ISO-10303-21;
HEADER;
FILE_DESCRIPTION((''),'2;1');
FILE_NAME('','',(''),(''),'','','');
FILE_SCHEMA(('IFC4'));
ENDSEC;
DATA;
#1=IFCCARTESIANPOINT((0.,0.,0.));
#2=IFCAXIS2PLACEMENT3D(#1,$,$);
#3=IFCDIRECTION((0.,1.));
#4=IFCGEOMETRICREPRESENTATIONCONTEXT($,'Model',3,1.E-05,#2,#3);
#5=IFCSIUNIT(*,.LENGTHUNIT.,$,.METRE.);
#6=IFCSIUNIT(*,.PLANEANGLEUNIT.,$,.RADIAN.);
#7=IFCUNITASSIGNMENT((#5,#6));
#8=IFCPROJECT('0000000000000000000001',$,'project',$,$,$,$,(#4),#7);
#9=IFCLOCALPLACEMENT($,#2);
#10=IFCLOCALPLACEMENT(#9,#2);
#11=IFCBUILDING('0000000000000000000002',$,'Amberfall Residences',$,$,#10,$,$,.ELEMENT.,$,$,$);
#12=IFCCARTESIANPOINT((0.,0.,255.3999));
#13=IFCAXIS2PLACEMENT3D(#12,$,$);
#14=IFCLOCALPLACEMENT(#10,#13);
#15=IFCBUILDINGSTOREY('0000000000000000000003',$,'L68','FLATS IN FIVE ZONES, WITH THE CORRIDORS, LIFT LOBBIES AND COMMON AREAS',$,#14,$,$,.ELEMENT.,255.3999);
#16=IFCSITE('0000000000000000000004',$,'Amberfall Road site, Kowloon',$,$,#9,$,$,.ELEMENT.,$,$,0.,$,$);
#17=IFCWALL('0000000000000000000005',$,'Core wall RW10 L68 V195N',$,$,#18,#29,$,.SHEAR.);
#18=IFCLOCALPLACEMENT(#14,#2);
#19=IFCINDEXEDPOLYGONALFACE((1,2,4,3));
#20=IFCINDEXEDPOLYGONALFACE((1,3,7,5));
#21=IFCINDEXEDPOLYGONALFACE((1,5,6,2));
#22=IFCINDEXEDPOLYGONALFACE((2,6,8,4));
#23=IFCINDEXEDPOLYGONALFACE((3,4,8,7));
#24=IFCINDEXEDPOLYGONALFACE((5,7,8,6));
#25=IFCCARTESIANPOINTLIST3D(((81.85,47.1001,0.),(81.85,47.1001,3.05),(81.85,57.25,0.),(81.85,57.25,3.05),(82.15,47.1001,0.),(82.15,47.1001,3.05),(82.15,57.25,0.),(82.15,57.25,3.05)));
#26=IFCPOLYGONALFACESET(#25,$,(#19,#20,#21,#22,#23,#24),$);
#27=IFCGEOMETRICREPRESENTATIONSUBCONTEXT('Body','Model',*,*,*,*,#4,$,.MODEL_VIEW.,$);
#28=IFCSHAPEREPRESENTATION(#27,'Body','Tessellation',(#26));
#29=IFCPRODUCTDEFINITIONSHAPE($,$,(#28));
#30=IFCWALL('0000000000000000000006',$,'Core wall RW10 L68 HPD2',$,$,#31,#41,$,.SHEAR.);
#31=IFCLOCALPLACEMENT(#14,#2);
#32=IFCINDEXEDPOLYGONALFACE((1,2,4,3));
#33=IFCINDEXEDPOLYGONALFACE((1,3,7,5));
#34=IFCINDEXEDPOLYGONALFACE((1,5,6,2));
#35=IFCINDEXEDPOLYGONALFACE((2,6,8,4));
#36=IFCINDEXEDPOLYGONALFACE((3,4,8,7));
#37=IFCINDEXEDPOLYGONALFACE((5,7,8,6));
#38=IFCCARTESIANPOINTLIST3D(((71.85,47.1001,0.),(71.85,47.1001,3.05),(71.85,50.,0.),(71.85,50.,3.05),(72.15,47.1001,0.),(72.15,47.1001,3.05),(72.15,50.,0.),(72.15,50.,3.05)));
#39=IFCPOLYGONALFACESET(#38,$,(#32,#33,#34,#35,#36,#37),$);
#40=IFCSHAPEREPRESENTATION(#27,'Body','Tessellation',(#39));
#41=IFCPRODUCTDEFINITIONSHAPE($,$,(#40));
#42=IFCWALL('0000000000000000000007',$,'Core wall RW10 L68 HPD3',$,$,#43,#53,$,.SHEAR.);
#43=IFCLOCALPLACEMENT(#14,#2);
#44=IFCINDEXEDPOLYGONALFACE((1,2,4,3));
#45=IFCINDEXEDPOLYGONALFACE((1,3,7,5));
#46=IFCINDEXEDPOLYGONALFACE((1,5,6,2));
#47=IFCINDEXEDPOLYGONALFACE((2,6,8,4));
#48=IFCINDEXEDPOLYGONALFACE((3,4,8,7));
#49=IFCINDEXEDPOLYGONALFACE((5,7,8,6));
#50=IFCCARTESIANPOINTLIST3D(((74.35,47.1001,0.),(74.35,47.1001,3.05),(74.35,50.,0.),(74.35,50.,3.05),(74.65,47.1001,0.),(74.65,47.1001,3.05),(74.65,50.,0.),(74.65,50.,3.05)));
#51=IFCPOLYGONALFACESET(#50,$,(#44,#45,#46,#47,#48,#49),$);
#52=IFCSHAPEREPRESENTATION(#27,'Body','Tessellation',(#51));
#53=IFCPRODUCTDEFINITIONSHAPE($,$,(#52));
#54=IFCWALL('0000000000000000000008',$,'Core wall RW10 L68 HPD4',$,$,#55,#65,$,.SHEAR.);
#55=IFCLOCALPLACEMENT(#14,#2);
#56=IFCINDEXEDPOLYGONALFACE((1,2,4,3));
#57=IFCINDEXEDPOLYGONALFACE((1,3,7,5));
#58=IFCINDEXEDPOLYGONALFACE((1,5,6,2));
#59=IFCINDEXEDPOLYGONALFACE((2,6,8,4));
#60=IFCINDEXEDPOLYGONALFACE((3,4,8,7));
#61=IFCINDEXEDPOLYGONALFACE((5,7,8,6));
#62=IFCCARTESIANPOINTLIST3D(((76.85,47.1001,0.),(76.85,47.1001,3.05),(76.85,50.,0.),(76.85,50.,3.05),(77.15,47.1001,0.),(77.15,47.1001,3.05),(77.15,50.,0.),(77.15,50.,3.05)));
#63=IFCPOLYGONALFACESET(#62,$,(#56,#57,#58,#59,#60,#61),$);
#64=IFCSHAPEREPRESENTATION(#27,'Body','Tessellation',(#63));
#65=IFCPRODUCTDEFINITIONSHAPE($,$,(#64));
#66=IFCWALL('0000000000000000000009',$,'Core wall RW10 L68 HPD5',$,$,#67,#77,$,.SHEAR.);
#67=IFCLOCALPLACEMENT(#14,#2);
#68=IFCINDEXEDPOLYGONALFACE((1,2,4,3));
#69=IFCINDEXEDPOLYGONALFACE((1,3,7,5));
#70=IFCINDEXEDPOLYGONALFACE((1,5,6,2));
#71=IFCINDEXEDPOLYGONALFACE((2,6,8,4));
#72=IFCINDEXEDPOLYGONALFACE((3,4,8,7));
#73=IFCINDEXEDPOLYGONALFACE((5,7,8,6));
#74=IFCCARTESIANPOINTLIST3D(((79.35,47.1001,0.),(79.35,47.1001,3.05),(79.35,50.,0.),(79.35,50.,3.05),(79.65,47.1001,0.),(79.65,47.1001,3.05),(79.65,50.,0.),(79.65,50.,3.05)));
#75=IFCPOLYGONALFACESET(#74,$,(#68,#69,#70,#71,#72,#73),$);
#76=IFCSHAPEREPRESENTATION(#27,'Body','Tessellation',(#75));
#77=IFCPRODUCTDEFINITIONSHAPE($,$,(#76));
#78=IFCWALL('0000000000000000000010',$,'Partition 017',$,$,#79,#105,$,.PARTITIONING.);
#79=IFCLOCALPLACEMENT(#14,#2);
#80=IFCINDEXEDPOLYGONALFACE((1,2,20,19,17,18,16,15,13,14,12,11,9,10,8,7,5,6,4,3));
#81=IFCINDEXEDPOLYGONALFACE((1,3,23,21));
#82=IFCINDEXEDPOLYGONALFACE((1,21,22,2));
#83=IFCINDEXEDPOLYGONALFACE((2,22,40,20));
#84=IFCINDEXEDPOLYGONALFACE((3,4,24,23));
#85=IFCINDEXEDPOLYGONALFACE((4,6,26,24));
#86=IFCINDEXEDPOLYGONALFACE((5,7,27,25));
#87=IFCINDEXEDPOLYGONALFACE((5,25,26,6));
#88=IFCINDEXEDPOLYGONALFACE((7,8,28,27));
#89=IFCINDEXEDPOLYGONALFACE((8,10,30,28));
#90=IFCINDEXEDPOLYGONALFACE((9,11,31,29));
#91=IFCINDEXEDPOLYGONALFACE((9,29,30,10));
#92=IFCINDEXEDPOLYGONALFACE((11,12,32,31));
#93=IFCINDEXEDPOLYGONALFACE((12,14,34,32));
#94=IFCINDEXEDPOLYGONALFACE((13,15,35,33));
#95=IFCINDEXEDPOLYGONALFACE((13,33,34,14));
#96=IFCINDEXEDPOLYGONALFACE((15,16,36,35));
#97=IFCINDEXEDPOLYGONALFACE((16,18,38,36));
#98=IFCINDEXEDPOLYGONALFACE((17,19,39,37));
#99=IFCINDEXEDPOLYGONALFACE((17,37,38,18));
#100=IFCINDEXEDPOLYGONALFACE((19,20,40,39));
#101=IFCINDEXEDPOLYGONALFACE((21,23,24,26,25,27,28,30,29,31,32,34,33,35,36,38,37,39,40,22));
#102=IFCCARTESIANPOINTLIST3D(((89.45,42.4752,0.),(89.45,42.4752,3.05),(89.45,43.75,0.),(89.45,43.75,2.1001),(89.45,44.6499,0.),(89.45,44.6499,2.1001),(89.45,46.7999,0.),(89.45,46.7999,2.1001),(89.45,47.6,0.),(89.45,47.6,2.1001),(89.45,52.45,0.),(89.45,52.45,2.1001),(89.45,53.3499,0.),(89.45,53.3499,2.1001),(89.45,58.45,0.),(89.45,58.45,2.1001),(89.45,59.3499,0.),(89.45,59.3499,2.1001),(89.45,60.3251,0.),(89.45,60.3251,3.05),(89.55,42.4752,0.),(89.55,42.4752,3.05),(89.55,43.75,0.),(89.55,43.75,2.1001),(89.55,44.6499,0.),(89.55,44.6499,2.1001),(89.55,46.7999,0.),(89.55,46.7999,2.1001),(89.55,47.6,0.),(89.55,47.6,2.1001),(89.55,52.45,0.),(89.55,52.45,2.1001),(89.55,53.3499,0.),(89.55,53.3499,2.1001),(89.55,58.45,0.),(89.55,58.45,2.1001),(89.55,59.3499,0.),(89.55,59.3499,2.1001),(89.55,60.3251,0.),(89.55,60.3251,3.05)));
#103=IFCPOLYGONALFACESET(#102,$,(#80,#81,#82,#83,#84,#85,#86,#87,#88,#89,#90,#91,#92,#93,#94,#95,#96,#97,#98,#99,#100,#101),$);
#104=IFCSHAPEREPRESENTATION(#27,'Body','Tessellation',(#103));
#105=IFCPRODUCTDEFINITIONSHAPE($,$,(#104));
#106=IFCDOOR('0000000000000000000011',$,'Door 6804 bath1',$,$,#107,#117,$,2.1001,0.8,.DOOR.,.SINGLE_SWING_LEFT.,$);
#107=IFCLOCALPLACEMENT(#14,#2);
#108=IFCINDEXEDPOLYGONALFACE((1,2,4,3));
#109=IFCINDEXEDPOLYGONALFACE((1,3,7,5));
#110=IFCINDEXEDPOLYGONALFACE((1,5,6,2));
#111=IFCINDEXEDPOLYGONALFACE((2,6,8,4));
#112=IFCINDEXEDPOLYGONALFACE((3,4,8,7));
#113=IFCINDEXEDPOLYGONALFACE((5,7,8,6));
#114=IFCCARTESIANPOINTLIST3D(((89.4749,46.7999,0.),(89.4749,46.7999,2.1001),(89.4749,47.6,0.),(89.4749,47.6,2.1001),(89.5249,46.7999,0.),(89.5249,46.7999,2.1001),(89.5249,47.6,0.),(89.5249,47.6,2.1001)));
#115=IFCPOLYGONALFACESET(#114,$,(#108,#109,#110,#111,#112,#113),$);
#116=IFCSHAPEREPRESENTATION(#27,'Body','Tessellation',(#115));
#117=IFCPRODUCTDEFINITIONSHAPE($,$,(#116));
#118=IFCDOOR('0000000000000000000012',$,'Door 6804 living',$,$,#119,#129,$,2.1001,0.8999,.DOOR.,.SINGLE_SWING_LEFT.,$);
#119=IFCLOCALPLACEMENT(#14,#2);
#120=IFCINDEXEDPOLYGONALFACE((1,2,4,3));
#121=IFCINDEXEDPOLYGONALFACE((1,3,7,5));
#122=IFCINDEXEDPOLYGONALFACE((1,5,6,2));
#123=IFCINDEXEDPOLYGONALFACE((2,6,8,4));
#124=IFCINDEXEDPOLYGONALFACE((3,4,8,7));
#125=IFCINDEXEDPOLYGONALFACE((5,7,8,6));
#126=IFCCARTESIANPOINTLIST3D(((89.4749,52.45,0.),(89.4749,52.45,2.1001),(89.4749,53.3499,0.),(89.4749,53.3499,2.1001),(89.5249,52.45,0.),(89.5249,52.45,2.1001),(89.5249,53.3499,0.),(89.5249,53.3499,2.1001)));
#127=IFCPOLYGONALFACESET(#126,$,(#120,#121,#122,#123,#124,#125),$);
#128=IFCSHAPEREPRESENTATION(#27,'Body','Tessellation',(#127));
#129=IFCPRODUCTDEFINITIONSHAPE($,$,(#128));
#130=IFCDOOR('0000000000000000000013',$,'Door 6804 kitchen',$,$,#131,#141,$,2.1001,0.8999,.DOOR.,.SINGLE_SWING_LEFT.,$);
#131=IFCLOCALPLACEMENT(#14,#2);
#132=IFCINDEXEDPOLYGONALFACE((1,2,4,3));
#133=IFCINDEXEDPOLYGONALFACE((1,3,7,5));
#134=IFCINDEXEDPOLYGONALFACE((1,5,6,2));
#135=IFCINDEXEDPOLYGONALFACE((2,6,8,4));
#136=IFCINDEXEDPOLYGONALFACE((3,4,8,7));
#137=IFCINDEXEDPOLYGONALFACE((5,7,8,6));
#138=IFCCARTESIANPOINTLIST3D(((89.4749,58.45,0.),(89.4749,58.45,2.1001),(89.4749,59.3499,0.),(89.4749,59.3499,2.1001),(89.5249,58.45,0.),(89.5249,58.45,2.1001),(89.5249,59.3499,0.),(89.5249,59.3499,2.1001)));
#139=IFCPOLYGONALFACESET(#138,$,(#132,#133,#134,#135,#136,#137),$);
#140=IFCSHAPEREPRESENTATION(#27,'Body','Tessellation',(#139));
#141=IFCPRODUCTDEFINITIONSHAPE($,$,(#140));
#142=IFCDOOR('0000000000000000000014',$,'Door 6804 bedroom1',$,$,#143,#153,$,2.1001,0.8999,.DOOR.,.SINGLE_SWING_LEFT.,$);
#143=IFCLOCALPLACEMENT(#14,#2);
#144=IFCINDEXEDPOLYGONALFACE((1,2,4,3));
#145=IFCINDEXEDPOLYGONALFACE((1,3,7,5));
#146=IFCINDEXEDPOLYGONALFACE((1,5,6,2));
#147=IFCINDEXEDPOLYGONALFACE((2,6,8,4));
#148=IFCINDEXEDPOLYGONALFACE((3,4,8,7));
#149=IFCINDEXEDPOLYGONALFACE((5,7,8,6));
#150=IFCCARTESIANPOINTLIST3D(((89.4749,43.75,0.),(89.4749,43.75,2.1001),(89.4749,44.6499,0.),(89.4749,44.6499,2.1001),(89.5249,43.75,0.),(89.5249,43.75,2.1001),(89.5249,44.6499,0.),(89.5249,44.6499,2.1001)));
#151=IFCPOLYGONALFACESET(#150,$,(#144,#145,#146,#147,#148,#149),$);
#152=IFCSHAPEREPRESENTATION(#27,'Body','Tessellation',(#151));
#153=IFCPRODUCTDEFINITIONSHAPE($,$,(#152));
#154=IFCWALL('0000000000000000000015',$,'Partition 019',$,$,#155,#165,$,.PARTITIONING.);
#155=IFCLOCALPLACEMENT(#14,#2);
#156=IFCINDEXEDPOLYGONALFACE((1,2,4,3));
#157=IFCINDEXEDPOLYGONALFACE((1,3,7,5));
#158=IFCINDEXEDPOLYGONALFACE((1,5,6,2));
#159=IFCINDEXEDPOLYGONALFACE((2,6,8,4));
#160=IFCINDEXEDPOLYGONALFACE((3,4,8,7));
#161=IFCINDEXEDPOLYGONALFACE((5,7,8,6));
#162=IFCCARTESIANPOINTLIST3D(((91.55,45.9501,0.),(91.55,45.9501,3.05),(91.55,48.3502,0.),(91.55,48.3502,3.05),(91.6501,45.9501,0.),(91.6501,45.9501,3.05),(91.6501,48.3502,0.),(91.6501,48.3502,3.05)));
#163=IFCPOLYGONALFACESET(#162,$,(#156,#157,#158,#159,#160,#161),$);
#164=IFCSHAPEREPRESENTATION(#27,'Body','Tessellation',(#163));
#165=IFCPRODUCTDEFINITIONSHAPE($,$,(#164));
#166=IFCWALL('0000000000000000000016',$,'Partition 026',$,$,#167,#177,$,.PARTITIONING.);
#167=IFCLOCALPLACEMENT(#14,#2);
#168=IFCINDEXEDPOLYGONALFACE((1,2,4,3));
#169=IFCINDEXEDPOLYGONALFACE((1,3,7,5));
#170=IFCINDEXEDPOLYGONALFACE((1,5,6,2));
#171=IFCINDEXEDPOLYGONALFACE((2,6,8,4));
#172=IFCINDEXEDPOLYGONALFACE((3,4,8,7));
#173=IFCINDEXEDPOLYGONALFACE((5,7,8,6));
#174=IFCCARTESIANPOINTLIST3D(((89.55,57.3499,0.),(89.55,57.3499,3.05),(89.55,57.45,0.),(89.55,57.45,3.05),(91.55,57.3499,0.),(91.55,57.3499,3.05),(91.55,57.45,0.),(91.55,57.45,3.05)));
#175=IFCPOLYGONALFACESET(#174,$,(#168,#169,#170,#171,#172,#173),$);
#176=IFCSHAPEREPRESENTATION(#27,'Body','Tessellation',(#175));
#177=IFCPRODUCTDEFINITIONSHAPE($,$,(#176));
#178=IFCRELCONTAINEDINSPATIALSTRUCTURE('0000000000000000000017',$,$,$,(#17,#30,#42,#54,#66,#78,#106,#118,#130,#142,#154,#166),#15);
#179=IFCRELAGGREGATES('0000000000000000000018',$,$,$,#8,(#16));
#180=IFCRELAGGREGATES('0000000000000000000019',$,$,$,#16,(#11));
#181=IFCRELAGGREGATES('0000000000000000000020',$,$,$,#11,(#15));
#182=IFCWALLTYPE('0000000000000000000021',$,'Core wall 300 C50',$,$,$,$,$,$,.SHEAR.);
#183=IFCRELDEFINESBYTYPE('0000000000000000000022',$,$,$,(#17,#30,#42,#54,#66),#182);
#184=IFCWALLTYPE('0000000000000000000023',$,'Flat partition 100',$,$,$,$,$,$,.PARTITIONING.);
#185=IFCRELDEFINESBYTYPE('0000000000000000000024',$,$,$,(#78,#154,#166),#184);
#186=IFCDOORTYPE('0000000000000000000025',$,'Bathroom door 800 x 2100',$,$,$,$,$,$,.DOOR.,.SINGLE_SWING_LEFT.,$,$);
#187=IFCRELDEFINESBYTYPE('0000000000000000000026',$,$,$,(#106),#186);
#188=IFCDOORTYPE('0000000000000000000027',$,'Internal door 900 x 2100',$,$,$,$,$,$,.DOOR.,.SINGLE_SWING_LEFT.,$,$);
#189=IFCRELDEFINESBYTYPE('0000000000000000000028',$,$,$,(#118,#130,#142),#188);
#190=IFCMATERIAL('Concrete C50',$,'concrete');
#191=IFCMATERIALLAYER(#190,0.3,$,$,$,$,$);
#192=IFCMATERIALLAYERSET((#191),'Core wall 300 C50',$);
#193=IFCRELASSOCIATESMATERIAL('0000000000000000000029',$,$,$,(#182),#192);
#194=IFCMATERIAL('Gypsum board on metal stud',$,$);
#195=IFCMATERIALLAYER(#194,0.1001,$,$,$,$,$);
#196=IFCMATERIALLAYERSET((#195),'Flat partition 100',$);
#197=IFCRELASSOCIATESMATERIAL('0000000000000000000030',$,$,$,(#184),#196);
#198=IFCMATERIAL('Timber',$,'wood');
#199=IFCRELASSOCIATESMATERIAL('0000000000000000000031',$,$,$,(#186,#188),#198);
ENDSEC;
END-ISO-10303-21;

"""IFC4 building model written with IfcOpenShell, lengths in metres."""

from ifc_helpers import new_model, si_unit, direction, frame, frame_2d, origin, place, context, subcontext, project, spatial, rectangle, extrude, material, layer, layer_set, type_object, element, fill, save


model = new_model("IFC4")

# Units and contexts
model_context = context("Model", 3, precision=1e-05, world=origin(), true_north=direction((0.0, 1.0)))
body_context = subcontext(model_context, "Body", "Model", "MODEL_VIEW")
ifc_project = project(units=[si_unit("LENGTHUNIT", "METRE"), si_unit("PLANEANGLEUNIT", "RADIAN")], contexts=[model_context])

# Site, building, storey
site_placement = place(None, origin())
site = spatial("IfcSite", under=ifc_project, at=site_placement, Name="Amberfall Road site, Kowloon", CompositionType="ELEMENT", RefElevation=0.0)
building_placement = place(site_placement, origin())
building = spatial("IfcBuilding", under=site, at=building_placement, Name="Amberfall Residences", CompositionType="ELEMENT")
storey_placement = place(building_placement, frame((0.0, 0.0, 255.3999)))
storey = spatial("IfcBuildingStorey", under=building, at=storey_placement, Name="L68", Description="FLATS IN FIVE ZONES, WITH THE CORRIDORS, LIFT LOBBIES AND COMMON AREAS", CompositionType="ELEMENT", Elevation=255.3999)

# Walls
ifc_material_1 = material(Name="Concrete C50", Category="concrete")
ifc_layer_1 = layer(ifc_material_1, 0.3)
ifc_layer_set_1 = layer_set([ifc_layer_1], Name="Core wall 300 C50")
wall_type_1 = type_object("IfcWallType", Name="Core wall 300 C50", PredefinedType="SHEAR", material=ifc_layer_set_1)
wall_1_placement = place(storey_placement, frame((82.0, 47.1001, 0.0), z_axis=(0.0, 0.0, 1.0), x_axis=(0.0, 1.0, 0.0)))
element("IfcWall", 1, at=wall_1_placement, inside=storey, type_object=wall_type_1, Name="Core wall RW10 L68 V195N", PredefinedType="SHEAR", context=body_context, shape_type="SweptSolid", body=[
    extrude(rectangle(XDim=10.1499, YDim=0.3, at=frame_2d((5.075, 0.0))), origin(), (0.0, 0.0, 1.0), 3.05),
])
for number, where, z_axis, x_axis, name in (
    (2, (72.0, 47.1001, 0.0), (0.0, 0.0, 1.0), (0.0, 1.0, 0.0), "Core wall RW10 L68 HPD2"),
    (3, (74.5, 47.1001, 0.0), (0.0, 0.0, 1.0), (0.0, 1.0, 0.0), "Core wall RW10 L68 HPD3"),
    (4, (77.0, 47.1001, 0.0), (0.0, 0.0, 1.0), (0.0, 1.0, 0.0), "Core wall RW10 L68 HPD4"),
    (5, (79.5, 47.1001, 0.0), (0.0, 0.0, 1.0), (0.0, 1.0, 0.0), "Core wall RW10 L68 HPD5"),
):
    element("IfcWall", number, at=place(storey_placement, frame(where, z_axis=z_axis, x_axis=x_axis)), inside=storey, type_object=wall_type_1, Name=name, PredefinedType="SHEAR", context=body_context, shape_type="SweptSolid", body=[
        extrude(rectangle(XDim=2.8999, YDim=0.3, at=frame_2d((1.45, 0.0))), origin(), (0.0, 0.0, 1.0), 3.05),
    ])

# Wall, openings, doors
ifc_material_2 = material(Name="Gypsum board on metal stud")
ifc_layer_2 = layer(ifc_material_2, 0.1001)
ifc_layer_set_2 = layer_set([ifc_layer_2], Name="Flat partition 100")
wall_type_2 = type_object("IfcWallType", Name="Flat partition 100", PredefinedType="PARTITIONING", material=ifc_layer_set_2)
wall_2_placement = place(storey_placement, frame((89.5, 60.325, 0.0), z_axis=(0.0, 0.0, 1.0), x_axis=(0.0, -1.0, 0.0)))
wall_2 = element("IfcWall", 6, at=wall_2_placement, inside=storey, type_object=wall_type_2, Name="Partition 017", PredefinedType="PARTITIONING", context=body_context, shape_type="SweptSolid", body=[
    extrude(rectangle(XDim=17.8499, YDim=0.1001, at=frame_2d((8.9248, 0.0))), origin(), (0.0, 0.0, 1.0), 3.05),
])
opening_1_placement = place(wall_2_placement, frame((6.9751, 0.0, 0.0)))
opening_1 = element("IfcOpeningElement", 7, at=opening_1_placement, cuts=wall_2, PredefinedType="OPENING", context=body_context, shape_type="SweptSolid", body=[
    extrude(rectangle(XDim=0.8999, YDim=2.1001, at=frame_2d((0.45, 1.05))), frame((0.0, 0.0601, 0.0), z_axis=(0.0, -1.0, 0.0), x_axis=(1.0, 0.0, 0.0)), (0.0, 0.0, 1.0), 0.1201),
])
opening_2_placement = place(wall_2_placement, frame((0.9751, 0.0, 0.0)))
opening_2 = element("IfcOpeningElement", 8, at=opening_2_placement, cuts=wall_2, PredefinedType="OPENING", context=body_context, shape_type="SweptSolid", body=[
    extrude(rectangle(XDim=0.8999, YDim=2.1001, at=frame_2d((0.45, 1.05))), frame((0.0, 0.0601, 0.0), z_axis=(0.0, -1.0, 0.0), x_axis=(1.0, 0.0, 0.0)), (0.0, 0.0, 1.0), 0.1201),
])
opening_3_placement = place(wall_2_placement, frame((15.675, 0.0, 0.0)))
opening_3 = element("IfcOpeningElement", 9, at=opening_3_placement, cuts=wall_2, PredefinedType="OPENING", context=body_context, shape_type="SweptSolid", body=[
    extrude(rectangle(XDim=0.8999, YDim=2.1001, at=frame_2d((0.45, 1.05))), frame((0.0, 0.0601, 0.0), z_axis=(0.0, -1.0, 0.0), x_axis=(1.0, 0.0, 0.0)), (0.0, 0.0, 1.0), 0.1201),
])
opening_4_placement = place(wall_2_placement, frame((12.7251, 0.0, 0.0)))
opening_4 = element("IfcOpeningElement", 10, at=opening_4_placement, cuts=wall_2, PredefinedType="OPENING", context=body_context, shape_type="SweptSolid", body=[
    extrude(rectangle(XDim=0.8, YDim=2.1001, at=frame_2d((0.3999, 1.05))), frame((0.0, 0.0601, 0.0), z_axis=(0.0, -1.0, 0.0), x_axis=(1.0, 0.0, 0.0)), (0.0, 0.0, 1.0), 0.1201),
])
ifc_material_3 = material(Name="Timber", Category="wood")
door_type_1 = type_object("IfcDoorType", Name="Bathroom door 800 x 2100", OperationType="SINGLE_SWING_LEFT", PredefinedType="DOOR", material=ifc_material_3)
door_1_placement = place(opening_4_placement, origin())
door_1 = element("IfcDoor", 11, at=door_1_placement, inside=storey, type_object=door_type_1, Name="Door 6804 bath1", OperationType="SINGLE_SWING_LEFT", OverallHeight=2.1001, OverallWidth=0.8, PredefinedType="DOOR", context=body_context, shape_type="SweptSolid", body=[
    extrude(rectangle(XDim=0.8, YDim=2.1001, at=frame_2d((0.3999, 1.05))), frame((0.0, 0.0249, 0.0), z_axis=(0.0, -1.0, 0.0), x_axis=(1.0, 0.0, 0.0)), (0.0, 0.0, 1.0), 0.05),
])
fill(opening_4, door_1)
door_type_2 = type_object("IfcDoorType", Name="Internal door 900 x 2100", OperationType="SINGLE_SWING_LEFT", PredefinedType="DOOR", material=ifc_material_3)
door_2_placement = place(opening_1_placement, origin())
door_2 = element("IfcDoor", 12, at=door_2_placement, inside=storey, type_object=door_type_2, Name="Door 6804 living", OperationType="SINGLE_SWING_LEFT", OverallHeight=2.1001, OverallWidth=0.8999, PredefinedType="DOOR", context=body_context, shape_type="SweptSolid", body=[
    extrude(rectangle(XDim=0.8999, YDim=2.1001, at=frame_2d((0.45, 1.05))), frame((0.0, 0.0249, 0.0), z_axis=(0.0, -1.0, 0.0), x_axis=(1.0, 0.0, 0.0)), (0.0, 0.0, 1.0), 0.05),
])
fill(opening_1, door_2)
door_3_placement = place(opening_2_placement, origin())
door_3 = element("IfcDoor", 13, at=door_3_placement, inside=storey, type_object=door_type_2, Name="Door 6804 kitchen", OperationType="SINGLE_SWING_LEFT", OverallHeight=2.1001, OverallWidth=0.8999, PredefinedType="DOOR", context=body_context, shape_type="SweptSolid", body=[
    extrude(rectangle(XDim=0.8999, YDim=2.1001, at=frame_2d((0.45, 1.05))), frame((0.0, 0.0249, 0.0), z_axis=(0.0, -1.0, 0.0), x_axis=(1.0, 0.0, 0.0)), (0.0, 0.0, 1.0), 0.05),
])
fill(opening_2, door_3)
door_4_placement = place(opening_3_placement, origin())
door_4 = element("IfcDoor", 14, at=door_4_placement, inside=storey, type_object=door_type_2, Name="Door 6804 bedroom1", OperationType="SINGLE_SWING_LEFT", OverallHeight=2.1001, OverallWidth=0.8999, PredefinedType="DOOR", context=body_context, shape_type="SweptSolid", body=[
    extrude(rectangle(XDim=0.8999, YDim=2.1001, at=frame_2d((0.45, 1.05))), frame((0.0, 0.0249, 0.0), z_axis=(0.0, -1.0, 0.0), x_axis=(1.0, 0.0, 0.0)), (0.0, 0.0, 1.0), 0.05),
])
fill(opening_3, door_4)

# Walls
wall_3_placement = place(storey_placement, frame((91.6001, 45.95, 0.0), z_axis=(0.0, 0.0, 1.0), x_axis=(0.0, 1.0, 0.0)))
element("IfcWall", 15, at=wall_3_placement, inside=storey, type_object=wall_type_2, Name="Partition 019", PredefinedType="PARTITIONING", context=body_context, shape_type="SweptSolid", body=[
    extrude(rectangle(XDim=2.4001, YDim=0.1001, at=frame_2d((1.2002, 0.0))), origin(), (0.0, 0.0, 1.0), 3.05),
])
wall_4_placement = place(storey_placement, frame((89.55, 57.3999, 0.0), z_axis=(0.0, 0.0, 1.0), x_axis=(1.0, 0.0, 0.0)))
element("IfcWall", 16, at=wall_4_placement, inside=storey, type_object=wall_type_2, Name="Partition 026", PredefinedType="PARTITIONING", context=body_context, shape_type="SweptSolid", body=[
    extrude(rectangle(XDim=2.0, YDim=0.1001, at=frame_2d((1.0, 0.0))), origin(), (0.0, 0.0, 1.0), 3.05),
])

save(model, "model.ifc")
